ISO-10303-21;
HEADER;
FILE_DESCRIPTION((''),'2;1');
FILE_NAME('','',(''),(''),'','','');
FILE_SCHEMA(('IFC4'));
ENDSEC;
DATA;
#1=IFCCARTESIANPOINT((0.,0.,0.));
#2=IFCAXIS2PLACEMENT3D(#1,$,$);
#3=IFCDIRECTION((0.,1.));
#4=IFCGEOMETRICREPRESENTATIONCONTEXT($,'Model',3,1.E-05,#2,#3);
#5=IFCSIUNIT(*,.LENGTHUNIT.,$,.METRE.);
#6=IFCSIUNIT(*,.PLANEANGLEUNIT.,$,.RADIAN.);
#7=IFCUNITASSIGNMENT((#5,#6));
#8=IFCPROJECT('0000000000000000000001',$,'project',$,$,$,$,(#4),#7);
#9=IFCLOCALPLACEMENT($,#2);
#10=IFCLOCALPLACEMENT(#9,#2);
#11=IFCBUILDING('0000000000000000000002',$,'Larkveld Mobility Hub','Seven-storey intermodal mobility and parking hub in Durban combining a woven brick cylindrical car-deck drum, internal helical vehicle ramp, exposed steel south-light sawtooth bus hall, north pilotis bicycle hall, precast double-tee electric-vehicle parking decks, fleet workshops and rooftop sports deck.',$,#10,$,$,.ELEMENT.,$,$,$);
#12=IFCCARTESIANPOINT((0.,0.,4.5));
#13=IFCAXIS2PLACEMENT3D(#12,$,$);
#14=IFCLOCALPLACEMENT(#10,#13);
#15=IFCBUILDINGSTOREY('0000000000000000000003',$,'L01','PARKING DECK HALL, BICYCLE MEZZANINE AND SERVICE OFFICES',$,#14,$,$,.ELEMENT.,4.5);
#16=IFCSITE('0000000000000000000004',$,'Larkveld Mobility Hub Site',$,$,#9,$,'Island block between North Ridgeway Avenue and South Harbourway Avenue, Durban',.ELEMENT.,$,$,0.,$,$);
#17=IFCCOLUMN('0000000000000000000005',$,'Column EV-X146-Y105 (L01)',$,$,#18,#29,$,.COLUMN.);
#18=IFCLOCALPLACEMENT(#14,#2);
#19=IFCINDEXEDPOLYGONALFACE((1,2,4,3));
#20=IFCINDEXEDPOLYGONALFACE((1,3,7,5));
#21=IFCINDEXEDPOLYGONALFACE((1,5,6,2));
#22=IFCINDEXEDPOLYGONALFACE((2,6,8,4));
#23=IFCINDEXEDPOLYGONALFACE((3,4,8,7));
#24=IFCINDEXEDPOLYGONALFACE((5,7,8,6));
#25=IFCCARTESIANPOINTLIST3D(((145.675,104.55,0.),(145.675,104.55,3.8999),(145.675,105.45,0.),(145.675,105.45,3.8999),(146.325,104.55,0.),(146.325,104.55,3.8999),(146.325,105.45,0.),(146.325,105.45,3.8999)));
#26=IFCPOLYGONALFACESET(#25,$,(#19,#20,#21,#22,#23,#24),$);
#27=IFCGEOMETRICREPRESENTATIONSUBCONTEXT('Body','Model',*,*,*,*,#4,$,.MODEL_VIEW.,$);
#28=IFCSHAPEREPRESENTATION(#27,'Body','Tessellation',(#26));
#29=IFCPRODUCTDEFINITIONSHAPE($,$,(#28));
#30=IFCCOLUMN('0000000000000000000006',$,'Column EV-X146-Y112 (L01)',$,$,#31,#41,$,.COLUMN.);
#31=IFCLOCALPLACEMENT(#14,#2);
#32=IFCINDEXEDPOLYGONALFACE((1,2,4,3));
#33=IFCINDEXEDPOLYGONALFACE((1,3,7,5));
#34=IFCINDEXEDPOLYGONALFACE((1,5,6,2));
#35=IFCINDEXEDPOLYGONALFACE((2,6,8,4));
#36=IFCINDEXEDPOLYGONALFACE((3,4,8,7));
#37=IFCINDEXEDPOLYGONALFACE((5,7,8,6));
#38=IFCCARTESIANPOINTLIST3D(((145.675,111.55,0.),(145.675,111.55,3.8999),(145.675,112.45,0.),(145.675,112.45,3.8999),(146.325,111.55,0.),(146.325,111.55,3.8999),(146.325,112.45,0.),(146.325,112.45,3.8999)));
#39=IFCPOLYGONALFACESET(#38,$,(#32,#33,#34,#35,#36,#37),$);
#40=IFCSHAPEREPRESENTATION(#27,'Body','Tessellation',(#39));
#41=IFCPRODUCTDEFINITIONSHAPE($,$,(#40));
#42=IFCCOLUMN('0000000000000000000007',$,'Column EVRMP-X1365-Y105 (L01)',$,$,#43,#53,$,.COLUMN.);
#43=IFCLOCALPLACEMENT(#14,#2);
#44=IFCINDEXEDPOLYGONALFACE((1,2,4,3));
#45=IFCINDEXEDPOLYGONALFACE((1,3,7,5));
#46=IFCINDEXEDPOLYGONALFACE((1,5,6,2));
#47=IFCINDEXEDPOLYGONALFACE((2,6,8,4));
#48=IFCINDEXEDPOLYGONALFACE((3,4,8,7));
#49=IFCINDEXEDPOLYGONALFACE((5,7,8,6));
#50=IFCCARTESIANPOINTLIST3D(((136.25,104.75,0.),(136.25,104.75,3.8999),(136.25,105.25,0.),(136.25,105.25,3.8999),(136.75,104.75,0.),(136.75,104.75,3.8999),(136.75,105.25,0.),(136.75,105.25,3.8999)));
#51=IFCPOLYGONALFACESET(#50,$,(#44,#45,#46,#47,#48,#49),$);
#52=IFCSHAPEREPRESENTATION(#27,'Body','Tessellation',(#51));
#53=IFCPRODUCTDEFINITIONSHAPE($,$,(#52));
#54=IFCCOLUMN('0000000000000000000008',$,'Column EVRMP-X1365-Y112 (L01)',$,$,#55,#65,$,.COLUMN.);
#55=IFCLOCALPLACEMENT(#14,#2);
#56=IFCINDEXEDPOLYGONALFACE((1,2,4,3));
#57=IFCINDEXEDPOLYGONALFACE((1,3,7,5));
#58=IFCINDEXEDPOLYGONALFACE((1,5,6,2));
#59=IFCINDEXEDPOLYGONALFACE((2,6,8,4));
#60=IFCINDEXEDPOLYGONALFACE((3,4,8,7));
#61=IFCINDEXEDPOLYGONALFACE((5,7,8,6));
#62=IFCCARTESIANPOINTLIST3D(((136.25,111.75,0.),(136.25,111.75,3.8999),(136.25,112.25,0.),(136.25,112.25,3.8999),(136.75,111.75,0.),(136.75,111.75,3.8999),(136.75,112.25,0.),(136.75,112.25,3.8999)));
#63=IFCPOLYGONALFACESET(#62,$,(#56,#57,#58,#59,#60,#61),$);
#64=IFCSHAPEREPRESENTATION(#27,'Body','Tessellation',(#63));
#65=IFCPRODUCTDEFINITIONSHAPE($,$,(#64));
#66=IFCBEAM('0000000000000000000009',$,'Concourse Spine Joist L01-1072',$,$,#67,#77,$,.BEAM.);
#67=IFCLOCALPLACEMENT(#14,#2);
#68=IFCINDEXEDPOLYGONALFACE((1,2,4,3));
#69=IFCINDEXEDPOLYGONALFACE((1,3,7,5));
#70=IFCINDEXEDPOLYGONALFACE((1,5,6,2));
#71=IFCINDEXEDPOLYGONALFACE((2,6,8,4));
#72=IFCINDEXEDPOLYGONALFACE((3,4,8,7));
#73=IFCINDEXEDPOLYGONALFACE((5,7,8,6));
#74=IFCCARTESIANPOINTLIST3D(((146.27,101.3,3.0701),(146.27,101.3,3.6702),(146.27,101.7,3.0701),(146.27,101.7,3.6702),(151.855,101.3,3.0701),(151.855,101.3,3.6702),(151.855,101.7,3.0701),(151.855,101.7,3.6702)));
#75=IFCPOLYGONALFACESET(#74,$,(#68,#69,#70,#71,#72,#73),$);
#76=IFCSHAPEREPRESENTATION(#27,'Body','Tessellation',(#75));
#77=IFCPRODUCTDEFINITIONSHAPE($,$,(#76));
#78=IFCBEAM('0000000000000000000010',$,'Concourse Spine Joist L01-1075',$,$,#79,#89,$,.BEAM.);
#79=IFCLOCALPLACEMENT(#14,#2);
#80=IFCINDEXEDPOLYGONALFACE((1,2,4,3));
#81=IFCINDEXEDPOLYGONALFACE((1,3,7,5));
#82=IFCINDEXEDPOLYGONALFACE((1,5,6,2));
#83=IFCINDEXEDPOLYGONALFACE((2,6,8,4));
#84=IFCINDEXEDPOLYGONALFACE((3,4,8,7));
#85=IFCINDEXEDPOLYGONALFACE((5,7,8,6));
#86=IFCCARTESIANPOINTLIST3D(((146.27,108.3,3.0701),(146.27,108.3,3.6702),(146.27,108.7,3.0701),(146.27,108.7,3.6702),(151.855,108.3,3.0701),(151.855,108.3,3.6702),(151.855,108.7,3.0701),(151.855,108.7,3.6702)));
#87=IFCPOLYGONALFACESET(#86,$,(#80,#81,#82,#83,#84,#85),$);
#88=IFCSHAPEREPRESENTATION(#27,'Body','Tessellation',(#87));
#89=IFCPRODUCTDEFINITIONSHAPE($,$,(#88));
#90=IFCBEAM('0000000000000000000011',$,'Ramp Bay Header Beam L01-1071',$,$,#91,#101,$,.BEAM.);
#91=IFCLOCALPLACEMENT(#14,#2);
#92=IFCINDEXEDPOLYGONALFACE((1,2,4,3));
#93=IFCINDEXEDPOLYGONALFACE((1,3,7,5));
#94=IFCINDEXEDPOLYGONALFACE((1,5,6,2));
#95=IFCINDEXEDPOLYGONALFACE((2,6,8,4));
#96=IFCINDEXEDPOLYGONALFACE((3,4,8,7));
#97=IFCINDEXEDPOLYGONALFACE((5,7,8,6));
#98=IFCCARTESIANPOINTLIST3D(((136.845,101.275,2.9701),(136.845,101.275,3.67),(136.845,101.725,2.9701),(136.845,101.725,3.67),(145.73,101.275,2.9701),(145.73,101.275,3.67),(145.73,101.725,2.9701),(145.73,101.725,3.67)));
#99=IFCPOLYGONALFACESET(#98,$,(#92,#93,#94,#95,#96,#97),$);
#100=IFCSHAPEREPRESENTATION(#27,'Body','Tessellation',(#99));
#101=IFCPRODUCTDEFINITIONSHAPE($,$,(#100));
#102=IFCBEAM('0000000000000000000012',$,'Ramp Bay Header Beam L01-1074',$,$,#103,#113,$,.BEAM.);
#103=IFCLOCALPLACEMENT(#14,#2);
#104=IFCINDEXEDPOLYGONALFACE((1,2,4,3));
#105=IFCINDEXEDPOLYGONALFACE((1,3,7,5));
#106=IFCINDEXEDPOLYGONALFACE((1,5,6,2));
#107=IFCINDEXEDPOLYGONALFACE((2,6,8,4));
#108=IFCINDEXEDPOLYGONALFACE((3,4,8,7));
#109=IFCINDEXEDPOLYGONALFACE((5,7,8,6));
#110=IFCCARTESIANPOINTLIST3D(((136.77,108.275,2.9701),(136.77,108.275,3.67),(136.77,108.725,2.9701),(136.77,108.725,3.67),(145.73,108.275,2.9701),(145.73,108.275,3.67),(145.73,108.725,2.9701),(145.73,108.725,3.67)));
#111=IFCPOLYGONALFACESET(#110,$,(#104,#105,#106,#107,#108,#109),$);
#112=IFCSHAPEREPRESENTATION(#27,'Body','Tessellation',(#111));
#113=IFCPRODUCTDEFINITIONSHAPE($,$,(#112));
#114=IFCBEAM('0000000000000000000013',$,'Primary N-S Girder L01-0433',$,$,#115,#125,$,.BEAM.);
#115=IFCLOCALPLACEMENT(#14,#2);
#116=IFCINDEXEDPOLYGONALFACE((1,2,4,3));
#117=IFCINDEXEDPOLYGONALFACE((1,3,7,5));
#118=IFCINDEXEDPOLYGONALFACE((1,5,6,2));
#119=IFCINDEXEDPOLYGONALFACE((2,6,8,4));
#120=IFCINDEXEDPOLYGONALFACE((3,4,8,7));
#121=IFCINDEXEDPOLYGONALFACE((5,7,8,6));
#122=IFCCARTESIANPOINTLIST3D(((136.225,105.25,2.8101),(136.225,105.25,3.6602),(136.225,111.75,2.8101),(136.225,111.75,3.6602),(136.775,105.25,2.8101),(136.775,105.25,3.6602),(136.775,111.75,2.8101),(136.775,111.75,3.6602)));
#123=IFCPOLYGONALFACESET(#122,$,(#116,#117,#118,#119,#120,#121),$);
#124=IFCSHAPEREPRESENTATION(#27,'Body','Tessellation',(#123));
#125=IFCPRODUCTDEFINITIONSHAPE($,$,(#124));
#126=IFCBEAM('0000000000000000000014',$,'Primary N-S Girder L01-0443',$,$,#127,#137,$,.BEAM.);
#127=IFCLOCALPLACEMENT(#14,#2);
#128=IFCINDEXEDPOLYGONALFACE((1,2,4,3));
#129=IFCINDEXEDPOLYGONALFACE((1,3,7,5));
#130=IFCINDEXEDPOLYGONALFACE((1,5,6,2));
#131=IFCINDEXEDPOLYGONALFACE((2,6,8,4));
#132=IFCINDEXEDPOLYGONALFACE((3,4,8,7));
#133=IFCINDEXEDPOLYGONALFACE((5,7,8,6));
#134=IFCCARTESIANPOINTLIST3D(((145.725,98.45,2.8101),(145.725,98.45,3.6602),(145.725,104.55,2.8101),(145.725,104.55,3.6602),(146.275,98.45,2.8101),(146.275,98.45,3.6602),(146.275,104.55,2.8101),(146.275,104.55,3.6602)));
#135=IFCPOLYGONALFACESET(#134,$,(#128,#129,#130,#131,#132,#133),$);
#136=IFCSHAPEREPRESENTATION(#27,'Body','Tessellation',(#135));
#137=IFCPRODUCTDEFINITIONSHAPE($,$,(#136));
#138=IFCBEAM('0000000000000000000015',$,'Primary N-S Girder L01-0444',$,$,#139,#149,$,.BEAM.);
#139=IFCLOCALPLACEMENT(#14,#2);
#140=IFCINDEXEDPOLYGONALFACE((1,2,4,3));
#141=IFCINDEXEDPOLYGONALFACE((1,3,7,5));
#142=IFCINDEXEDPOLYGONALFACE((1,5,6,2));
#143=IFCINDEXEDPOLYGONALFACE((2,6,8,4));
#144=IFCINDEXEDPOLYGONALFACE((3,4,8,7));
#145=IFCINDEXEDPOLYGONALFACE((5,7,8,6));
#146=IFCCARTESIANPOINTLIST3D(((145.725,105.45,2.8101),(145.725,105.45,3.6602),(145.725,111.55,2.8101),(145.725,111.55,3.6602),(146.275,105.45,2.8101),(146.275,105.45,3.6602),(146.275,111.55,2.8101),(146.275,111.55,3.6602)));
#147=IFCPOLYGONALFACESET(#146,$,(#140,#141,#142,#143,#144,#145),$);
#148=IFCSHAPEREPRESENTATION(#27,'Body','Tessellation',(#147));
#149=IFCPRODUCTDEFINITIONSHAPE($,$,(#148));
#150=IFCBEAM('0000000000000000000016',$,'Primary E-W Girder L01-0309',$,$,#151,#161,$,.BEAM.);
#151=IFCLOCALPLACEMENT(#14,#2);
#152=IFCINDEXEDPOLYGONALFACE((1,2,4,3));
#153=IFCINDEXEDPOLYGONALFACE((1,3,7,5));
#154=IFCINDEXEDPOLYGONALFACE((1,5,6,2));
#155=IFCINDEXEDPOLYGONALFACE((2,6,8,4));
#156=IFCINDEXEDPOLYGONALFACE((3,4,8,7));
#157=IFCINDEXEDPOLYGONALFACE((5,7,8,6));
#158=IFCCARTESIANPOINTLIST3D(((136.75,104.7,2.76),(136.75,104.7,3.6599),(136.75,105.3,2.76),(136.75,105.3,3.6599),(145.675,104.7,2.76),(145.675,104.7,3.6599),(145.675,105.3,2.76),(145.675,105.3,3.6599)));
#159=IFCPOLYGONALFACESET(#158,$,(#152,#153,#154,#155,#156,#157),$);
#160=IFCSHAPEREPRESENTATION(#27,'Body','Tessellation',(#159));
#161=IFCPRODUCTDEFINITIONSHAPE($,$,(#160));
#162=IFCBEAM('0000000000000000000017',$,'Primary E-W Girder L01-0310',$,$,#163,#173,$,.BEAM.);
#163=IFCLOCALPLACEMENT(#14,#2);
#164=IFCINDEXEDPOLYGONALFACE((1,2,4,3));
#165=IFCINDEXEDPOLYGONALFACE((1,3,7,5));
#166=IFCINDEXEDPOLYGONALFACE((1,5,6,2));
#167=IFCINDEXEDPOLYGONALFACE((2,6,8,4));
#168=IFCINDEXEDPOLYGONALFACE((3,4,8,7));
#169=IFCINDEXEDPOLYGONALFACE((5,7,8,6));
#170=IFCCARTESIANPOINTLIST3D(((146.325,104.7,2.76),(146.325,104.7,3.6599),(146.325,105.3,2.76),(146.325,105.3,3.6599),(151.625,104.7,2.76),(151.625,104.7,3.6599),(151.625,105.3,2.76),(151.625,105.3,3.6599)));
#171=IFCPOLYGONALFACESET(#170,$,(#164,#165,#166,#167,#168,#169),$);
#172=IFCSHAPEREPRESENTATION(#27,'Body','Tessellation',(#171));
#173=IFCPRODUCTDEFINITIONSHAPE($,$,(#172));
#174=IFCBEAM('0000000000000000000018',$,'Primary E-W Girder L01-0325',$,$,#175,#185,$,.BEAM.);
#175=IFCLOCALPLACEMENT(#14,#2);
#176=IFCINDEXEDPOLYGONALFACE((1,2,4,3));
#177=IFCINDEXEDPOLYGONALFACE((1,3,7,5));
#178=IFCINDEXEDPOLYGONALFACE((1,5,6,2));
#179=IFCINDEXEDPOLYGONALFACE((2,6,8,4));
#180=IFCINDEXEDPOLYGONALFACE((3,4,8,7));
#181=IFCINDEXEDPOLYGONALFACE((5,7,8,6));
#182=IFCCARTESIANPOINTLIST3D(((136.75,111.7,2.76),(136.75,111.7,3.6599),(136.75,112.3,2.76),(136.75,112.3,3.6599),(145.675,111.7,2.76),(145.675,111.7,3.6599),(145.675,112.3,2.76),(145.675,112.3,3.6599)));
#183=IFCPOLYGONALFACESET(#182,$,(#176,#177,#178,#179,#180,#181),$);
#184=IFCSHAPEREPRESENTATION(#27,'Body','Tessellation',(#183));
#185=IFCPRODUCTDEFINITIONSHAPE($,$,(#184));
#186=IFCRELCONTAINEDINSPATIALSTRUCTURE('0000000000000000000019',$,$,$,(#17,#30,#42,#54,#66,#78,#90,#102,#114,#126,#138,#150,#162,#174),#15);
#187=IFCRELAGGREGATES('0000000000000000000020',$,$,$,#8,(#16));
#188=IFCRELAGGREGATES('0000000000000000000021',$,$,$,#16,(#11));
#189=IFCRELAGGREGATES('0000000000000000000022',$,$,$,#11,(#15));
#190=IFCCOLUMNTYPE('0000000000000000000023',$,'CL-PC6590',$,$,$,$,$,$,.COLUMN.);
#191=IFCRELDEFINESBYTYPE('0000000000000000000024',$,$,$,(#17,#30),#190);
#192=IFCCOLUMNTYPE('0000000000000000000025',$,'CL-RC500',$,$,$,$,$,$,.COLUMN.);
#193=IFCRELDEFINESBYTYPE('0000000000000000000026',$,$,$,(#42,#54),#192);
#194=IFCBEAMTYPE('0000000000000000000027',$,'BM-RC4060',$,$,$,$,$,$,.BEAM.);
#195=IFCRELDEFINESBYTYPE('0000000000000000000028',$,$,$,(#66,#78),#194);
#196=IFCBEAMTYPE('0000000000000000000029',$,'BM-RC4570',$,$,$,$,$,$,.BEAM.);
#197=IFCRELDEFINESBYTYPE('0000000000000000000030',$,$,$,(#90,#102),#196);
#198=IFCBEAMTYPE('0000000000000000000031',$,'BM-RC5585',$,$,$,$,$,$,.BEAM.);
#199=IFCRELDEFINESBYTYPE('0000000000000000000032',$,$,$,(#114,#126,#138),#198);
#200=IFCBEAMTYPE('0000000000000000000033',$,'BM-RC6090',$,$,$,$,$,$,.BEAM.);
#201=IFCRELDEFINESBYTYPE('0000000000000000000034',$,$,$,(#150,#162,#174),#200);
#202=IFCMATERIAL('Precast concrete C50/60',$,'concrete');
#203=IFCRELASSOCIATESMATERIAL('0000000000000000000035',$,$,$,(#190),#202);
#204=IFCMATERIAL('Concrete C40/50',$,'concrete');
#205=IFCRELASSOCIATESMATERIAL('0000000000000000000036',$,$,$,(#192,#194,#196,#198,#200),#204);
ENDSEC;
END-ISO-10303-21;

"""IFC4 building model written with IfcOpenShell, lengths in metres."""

from ifc_helpers import new_model, si_unit, direction, frame, origin, origin_2d, place, context, subcontext, project, spatial, rectangle, extrude, material, material_profile, profile_set, type_object, element, save


model = new_model("IFC4")

# Units and contexts
model_context = context("Model", 3, precision=1e-05, world=origin(), true_north=direction((0.0, 1.0)))
body_context = subcontext(model_context, "Body", "Model", "MODEL_VIEW")
ifc_project = project(units=[si_unit("LENGTHUNIT", "METRE"), si_unit("PLANEANGLEUNIT", "RADIAN")], contexts=[model_context])

# Site, building, storey
site_placement = place(None, origin())
site = spatial("IfcSite", under=ifc_project, at=site_placement, Name="Larkveld Mobility Hub Site", LongName="Island block between North Ridgeway Avenue and South Harbourway Avenue, Durban", CompositionType="ELEMENT", RefElevation=0.0)
building_placement = place(site_placement, origin())
building = spatial("IfcBuilding", under=site, at=building_placement, Name="Larkveld Mobility Hub", Description="Seven-storey intermodal mobility and parking hub in Durban combining a woven brick cylindrical car-deck drum, internal helical vehicle ramp, exposed steel south-light sawtooth bus hall, north pilotis bicycle hall, precast double-tee electric-vehicle parking decks, fleet workshops and rooftop sports deck.", CompositionType="ELEMENT")
storey_placement = place(building_placement, frame((0.0, 0.0, 4.5)))
storey = spatial("IfcBuildingStorey", under=building, at=storey_placement, Name="L01", Description="PARKING DECK HALL, BICYCLE MEZZANINE AND SERVICE OFFICES", CompositionType="ELEMENT", Elevation=4.5)

# Columns
ifc_material_1 = material(Name="Precast concrete C50/60", Category="concrete")
ifc_material_profile_1 = material_profile(ifc_material_1, rectangle(XDim=0.6499, YDim=0.8999, at=origin_2d()), Name="RC COL 650x900")
ifc_profile_set_1 = profile_set([ifc_material_profile_1], Name="Precast concrete C50/60")
column_type_1 = type_object("IfcColumnType", Name="CL-PC6590", PredefinedType="COLUMN", material=ifc_profile_set_1)
for number, where, z_axis, x_axis, name in (
    (1, (146.0, 105.0, 0.0), (0.0, 0.0, 1.0), (1.0, 0.0, 0.0), "Column EV-X146-Y105 (L01)"),
    (2, (146.0, 112.0, 0.0), (0.0, 0.0, 1.0), (1.0, 0.0, 0.0), "Column EV-X146-Y112 (L01)"),
):
    element("IfcColumn", number, at=place(storey_placement, frame(where, z_axis=z_axis, x_axis=x_axis)), inside=storey, type_object=column_type_1, Name=name, PredefinedType="COLUMN", context=body_context, shape_type="SweptSolid", body=[
        extrude(rectangle(XDim=0.6499, YDim=0.8999, at=origin_2d()), origin(), (0.0, 0.0, 1.0), 3.8999),
    ])
ifc_material_2 = material(Name="Concrete C40/50", Category="concrete")
ifc_material_profile_2 = material_profile(ifc_material_2, rectangle(XDim=0.5, YDim=0.5, at=origin_2d()), Name="RC COL 500x500")
ifc_profile_set_2 = profile_set([ifc_material_profile_2], Name="Concrete C40/50")
column_type_2 = type_object("IfcColumnType", Name="CL-RC500", PredefinedType="COLUMN", material=ifc_profile_set_2)
for number, where, z_axis, x_axis, name in (
    (3, (136.5, 105.0, 0.0), (0.0, 0.0, 1.0), (1.0, 0.0, 0.0), "Column EVRMP-X1365-Y105 (L01)"),
    (4, (136.5, 112.0, 0.0), (0.0, 0.0, 1.0), (1.0, 0.0, 0.0), "Column EVRMP-X1365-Y112 (L01)"),
):
    element("IfcColumn", number, at=place(storey_placement, frame(where, z_axis=z_axis, x_axis=x_axis)), inside=storey, type_object=column_type_2, Name=name, PredefinedType="COLUMN", context=body_context, shape_type="SweptSolid", body=[
        extrude(rectangle(XDim=0.5, YDim=0.5, at=origin_2d()), origin(), (0.0, 0.0, 1.0), 3.8999),
    ])

# Beams
ifc_material_profile_3 = material_profile(ifc_material_2, rectangle(XDim=0.3999, YDim=0.6001, at=origin_2d()), Name="RC BM 400x600")
ifc_profile_set_3 = profile_set([ifc_material_profile_3], Name="Concrete C40/50")
beam_type_1 = type_object("IfcBeamType", Name="BM-RC4060", PredefinedType="BEAM", material=ifc_profile_set_3)
for number, where, z_axis, x_axis, name in (
    (5, (146.27, 101.5, 3.3701), (1.0, 0.0, 0.0), (0.0, 1.0, 0.0), "Concourse Spine Joist L01-1072"),
    (6, (146.27, 108.5, 3.3701), (1.0, 0.0, 0.0), (0.0, 1.0, 0.0), "Concourse Spine Joist L01-1075"),
):
    element("IfcBeam", number, at=place(storey_placement, frame(where, z_axis=z_axis, x_axis=x_axis)), inside=storey, type_object=beam_type_1, Name=name, PredefinedType="BEAM", context=body_context, shape_type="SweptSolid", body=[
        extrude(rectangle(XDim=0.3999, YDim=0.6001, at=origin_2d()), origin(), (0.0, 0.0, 1.0), 5.585),
    ])
ifc_material_profile_4 = material_profile(ifc_material_2, rectangle(XDim=0.45, YDim=0.7, at=origin_2d()), Name="RC BM 450x700")
ifc_profile_set_4 = profile_set([ifc_material_profile_4], Name="Concrete C40/50")
beam_type_2 = type_object("IfcBeamType", Name="BM-RC4570", PredefinedType="BEAM", material=ifc_profile_set_4)
beam_1_placement = place(storey_placement, frame((136.845, 101.5, 3.3201), z_axis=(1.0, 0.0, 0.0), x_axis=(0.0, 1.0, 0.0)))
element("IfcBeam", 7, at=beam_1_placement, inside=storey, type_object=beam_type_2, Name="Ramp Bay Header Beam L01-1071", PredefinedType="BEAM", context=body_context, shape_type="SweptSolid", body=[
    extrude(rectangle(XDim=0.45, YDim=0.7, at=origin_2d()), origin(), (0.0, 0.0, 1.0), 8.885),
])
beam_2_placement = place(storey_placement, frame((136.77, 108.5, 3.3201), z_axis=(1.0, 0.0, 0.0), x_axis=(0.0, 1.0, 0.0)))
element("IfcBeam", 8, at=beam_2_placement, inside=storey, type_object=beam_type_2, Name="Ramp Bay Header Beam L01-1074", PredefinedType="BEAM", context=body_context, shape_type="SweptSolid", body=[
    extrude(rectangle(XDim=0.45, YDim=0.7, at=origin_2d()), origin(), (0.0, 0.0, 1.0), 8.96),
])
ifc_material_profile_5 = material_profile(ifc_material_2, rectangle(XDim=0.55, YDim=0.8501, at=origin_2d()), Name="RC BM 550x850")
ifc_profile_set_5 = profile_set([ifc_material_profile_5], Name="Concrete C40/50")
beam_type_3 = type_object("IfcBeamType", Name="BM-RC5585", PredefinedType="BEAM", material=ifc_profile_set_5)
beam_3_placement = place(storey_placement, frame((136.5, 105.25, 3.2351), z_axis=(0.0, 1.0, 0.0), x_axis=(-1.0, 0.0, 0.0)))
element("IfcBeam", 9, at=beam_3_placement, inside=storey, type_object=beam_type_3, Name="Primary N-S Girder L01-0433", PredefinedType="BEAM", context=body_context, shape_type="SweptSolid", body=[
    extrude(rectangle(XDim=0.55, YDim=0.8501, at=origin_2d()), origin(), (0.0, 0.0, 1.0), 6.5),
])
for number, where, z_axis, x_axis, name in (
    (10, (146.0, 98.45, 3.2351), (0.0, 1.0, 0.0), (-1.0, 0.0, 0.0), "Primary N-S Girder L01-0443"),
    (11, (146.0, 105.45, 3.2351), (0.0, 1.0, 0.0), (-1.0, 0.0, 0.0), "Primary N-S Girder L01-0444"),
):
    element("IfcBeam", number, at=place(storey_placement, frame(where, z_axis=z_axis, x_axis=x_axis)), inside=storey, type_object=beam_type_3, Name=name, PredefinedType="BEAM", context=body_context, shape_type="SweptSolid", body=[
        extrude(rectangle(XDim=0.55, YDim=0.8501, at=origin_2d()), origin(), (0.0, 0.0, 1.0), 6.1001),
    ])
ifc_material_profile_6 = material_profile(ifc_material_2, rectangle(XDim=0.6001, YDim=0.8999, at=origin_2d()), Name="RC BM 600x900")
ifc_profile_set_6 = profile_set([ifc_material_profile_6], Name="Concrete C40/50")
beam_type_4 = type_object("IfcBeamType", Name="BM-RC6090", PredefinedType="BEAM", material=ifc_profile_set_6)
beam_4_placement = place(storey_placement, frame((136.75, 105.0, 3.21), z_axis=(1.0, 0.0, 0.0), x_axis=(0.0, 1.0, 0.0)))
element("IfcBeam", 12, at=beam_4_placement, inside=storey, type_object=beam_type_4, Name="Primary E-W Girder L01-0309", PredefinedType="BEAM", context=body_context, shape_type="SweptSolid", body=[
    extrude(rectangle(XDim=0.6001, YDim=0.8999, at=origin_2d()), origin(), (0.0, 0.0, 1.0), 8.925),
])
beam_5_placement = place(storey_placement, frame((146.325, 105.0, 3.21), z_axis=(1.0, 0.0, 0.0), x_axis=(0.0, 1.0, 0.0)))
element("IfcBeam", 13, at=beam_5_placement, inside=storey, type_object=beam_type_4, Name="Primary E-W Girder L01-0310", PredefinedType="BEAM", context=body_context, shape_type="SweptSolid", body=[
    extrude(rectangle(XDim=0.6001, YDim=0.8999, at=origin_2d()), origin(), (0.0, 0.0, 1.0), 5.3),
])
beam_6_placement = place(storey_placement, frame((136.75, 112.0, 3.21), z_axis=(1.0, 0.0, 0.0), x_axis=(0.0, 1.0, 0.0)))
element("IfcBeam", 14, at=beam_6_placement, inside=storey, type_object=beam_type_4, Name="Primary E-W Girder L01-0325", PredefinedType="BEAM", context=body_context, shape_type="SweptSolid", body=[
    extrude(rectangle(XDim=0.6001, YDim=0.8999, at=origin_2d()), origin(), (0.0, 0.0, 1.0), 8.925),
])

save(model, "model.ifc")
